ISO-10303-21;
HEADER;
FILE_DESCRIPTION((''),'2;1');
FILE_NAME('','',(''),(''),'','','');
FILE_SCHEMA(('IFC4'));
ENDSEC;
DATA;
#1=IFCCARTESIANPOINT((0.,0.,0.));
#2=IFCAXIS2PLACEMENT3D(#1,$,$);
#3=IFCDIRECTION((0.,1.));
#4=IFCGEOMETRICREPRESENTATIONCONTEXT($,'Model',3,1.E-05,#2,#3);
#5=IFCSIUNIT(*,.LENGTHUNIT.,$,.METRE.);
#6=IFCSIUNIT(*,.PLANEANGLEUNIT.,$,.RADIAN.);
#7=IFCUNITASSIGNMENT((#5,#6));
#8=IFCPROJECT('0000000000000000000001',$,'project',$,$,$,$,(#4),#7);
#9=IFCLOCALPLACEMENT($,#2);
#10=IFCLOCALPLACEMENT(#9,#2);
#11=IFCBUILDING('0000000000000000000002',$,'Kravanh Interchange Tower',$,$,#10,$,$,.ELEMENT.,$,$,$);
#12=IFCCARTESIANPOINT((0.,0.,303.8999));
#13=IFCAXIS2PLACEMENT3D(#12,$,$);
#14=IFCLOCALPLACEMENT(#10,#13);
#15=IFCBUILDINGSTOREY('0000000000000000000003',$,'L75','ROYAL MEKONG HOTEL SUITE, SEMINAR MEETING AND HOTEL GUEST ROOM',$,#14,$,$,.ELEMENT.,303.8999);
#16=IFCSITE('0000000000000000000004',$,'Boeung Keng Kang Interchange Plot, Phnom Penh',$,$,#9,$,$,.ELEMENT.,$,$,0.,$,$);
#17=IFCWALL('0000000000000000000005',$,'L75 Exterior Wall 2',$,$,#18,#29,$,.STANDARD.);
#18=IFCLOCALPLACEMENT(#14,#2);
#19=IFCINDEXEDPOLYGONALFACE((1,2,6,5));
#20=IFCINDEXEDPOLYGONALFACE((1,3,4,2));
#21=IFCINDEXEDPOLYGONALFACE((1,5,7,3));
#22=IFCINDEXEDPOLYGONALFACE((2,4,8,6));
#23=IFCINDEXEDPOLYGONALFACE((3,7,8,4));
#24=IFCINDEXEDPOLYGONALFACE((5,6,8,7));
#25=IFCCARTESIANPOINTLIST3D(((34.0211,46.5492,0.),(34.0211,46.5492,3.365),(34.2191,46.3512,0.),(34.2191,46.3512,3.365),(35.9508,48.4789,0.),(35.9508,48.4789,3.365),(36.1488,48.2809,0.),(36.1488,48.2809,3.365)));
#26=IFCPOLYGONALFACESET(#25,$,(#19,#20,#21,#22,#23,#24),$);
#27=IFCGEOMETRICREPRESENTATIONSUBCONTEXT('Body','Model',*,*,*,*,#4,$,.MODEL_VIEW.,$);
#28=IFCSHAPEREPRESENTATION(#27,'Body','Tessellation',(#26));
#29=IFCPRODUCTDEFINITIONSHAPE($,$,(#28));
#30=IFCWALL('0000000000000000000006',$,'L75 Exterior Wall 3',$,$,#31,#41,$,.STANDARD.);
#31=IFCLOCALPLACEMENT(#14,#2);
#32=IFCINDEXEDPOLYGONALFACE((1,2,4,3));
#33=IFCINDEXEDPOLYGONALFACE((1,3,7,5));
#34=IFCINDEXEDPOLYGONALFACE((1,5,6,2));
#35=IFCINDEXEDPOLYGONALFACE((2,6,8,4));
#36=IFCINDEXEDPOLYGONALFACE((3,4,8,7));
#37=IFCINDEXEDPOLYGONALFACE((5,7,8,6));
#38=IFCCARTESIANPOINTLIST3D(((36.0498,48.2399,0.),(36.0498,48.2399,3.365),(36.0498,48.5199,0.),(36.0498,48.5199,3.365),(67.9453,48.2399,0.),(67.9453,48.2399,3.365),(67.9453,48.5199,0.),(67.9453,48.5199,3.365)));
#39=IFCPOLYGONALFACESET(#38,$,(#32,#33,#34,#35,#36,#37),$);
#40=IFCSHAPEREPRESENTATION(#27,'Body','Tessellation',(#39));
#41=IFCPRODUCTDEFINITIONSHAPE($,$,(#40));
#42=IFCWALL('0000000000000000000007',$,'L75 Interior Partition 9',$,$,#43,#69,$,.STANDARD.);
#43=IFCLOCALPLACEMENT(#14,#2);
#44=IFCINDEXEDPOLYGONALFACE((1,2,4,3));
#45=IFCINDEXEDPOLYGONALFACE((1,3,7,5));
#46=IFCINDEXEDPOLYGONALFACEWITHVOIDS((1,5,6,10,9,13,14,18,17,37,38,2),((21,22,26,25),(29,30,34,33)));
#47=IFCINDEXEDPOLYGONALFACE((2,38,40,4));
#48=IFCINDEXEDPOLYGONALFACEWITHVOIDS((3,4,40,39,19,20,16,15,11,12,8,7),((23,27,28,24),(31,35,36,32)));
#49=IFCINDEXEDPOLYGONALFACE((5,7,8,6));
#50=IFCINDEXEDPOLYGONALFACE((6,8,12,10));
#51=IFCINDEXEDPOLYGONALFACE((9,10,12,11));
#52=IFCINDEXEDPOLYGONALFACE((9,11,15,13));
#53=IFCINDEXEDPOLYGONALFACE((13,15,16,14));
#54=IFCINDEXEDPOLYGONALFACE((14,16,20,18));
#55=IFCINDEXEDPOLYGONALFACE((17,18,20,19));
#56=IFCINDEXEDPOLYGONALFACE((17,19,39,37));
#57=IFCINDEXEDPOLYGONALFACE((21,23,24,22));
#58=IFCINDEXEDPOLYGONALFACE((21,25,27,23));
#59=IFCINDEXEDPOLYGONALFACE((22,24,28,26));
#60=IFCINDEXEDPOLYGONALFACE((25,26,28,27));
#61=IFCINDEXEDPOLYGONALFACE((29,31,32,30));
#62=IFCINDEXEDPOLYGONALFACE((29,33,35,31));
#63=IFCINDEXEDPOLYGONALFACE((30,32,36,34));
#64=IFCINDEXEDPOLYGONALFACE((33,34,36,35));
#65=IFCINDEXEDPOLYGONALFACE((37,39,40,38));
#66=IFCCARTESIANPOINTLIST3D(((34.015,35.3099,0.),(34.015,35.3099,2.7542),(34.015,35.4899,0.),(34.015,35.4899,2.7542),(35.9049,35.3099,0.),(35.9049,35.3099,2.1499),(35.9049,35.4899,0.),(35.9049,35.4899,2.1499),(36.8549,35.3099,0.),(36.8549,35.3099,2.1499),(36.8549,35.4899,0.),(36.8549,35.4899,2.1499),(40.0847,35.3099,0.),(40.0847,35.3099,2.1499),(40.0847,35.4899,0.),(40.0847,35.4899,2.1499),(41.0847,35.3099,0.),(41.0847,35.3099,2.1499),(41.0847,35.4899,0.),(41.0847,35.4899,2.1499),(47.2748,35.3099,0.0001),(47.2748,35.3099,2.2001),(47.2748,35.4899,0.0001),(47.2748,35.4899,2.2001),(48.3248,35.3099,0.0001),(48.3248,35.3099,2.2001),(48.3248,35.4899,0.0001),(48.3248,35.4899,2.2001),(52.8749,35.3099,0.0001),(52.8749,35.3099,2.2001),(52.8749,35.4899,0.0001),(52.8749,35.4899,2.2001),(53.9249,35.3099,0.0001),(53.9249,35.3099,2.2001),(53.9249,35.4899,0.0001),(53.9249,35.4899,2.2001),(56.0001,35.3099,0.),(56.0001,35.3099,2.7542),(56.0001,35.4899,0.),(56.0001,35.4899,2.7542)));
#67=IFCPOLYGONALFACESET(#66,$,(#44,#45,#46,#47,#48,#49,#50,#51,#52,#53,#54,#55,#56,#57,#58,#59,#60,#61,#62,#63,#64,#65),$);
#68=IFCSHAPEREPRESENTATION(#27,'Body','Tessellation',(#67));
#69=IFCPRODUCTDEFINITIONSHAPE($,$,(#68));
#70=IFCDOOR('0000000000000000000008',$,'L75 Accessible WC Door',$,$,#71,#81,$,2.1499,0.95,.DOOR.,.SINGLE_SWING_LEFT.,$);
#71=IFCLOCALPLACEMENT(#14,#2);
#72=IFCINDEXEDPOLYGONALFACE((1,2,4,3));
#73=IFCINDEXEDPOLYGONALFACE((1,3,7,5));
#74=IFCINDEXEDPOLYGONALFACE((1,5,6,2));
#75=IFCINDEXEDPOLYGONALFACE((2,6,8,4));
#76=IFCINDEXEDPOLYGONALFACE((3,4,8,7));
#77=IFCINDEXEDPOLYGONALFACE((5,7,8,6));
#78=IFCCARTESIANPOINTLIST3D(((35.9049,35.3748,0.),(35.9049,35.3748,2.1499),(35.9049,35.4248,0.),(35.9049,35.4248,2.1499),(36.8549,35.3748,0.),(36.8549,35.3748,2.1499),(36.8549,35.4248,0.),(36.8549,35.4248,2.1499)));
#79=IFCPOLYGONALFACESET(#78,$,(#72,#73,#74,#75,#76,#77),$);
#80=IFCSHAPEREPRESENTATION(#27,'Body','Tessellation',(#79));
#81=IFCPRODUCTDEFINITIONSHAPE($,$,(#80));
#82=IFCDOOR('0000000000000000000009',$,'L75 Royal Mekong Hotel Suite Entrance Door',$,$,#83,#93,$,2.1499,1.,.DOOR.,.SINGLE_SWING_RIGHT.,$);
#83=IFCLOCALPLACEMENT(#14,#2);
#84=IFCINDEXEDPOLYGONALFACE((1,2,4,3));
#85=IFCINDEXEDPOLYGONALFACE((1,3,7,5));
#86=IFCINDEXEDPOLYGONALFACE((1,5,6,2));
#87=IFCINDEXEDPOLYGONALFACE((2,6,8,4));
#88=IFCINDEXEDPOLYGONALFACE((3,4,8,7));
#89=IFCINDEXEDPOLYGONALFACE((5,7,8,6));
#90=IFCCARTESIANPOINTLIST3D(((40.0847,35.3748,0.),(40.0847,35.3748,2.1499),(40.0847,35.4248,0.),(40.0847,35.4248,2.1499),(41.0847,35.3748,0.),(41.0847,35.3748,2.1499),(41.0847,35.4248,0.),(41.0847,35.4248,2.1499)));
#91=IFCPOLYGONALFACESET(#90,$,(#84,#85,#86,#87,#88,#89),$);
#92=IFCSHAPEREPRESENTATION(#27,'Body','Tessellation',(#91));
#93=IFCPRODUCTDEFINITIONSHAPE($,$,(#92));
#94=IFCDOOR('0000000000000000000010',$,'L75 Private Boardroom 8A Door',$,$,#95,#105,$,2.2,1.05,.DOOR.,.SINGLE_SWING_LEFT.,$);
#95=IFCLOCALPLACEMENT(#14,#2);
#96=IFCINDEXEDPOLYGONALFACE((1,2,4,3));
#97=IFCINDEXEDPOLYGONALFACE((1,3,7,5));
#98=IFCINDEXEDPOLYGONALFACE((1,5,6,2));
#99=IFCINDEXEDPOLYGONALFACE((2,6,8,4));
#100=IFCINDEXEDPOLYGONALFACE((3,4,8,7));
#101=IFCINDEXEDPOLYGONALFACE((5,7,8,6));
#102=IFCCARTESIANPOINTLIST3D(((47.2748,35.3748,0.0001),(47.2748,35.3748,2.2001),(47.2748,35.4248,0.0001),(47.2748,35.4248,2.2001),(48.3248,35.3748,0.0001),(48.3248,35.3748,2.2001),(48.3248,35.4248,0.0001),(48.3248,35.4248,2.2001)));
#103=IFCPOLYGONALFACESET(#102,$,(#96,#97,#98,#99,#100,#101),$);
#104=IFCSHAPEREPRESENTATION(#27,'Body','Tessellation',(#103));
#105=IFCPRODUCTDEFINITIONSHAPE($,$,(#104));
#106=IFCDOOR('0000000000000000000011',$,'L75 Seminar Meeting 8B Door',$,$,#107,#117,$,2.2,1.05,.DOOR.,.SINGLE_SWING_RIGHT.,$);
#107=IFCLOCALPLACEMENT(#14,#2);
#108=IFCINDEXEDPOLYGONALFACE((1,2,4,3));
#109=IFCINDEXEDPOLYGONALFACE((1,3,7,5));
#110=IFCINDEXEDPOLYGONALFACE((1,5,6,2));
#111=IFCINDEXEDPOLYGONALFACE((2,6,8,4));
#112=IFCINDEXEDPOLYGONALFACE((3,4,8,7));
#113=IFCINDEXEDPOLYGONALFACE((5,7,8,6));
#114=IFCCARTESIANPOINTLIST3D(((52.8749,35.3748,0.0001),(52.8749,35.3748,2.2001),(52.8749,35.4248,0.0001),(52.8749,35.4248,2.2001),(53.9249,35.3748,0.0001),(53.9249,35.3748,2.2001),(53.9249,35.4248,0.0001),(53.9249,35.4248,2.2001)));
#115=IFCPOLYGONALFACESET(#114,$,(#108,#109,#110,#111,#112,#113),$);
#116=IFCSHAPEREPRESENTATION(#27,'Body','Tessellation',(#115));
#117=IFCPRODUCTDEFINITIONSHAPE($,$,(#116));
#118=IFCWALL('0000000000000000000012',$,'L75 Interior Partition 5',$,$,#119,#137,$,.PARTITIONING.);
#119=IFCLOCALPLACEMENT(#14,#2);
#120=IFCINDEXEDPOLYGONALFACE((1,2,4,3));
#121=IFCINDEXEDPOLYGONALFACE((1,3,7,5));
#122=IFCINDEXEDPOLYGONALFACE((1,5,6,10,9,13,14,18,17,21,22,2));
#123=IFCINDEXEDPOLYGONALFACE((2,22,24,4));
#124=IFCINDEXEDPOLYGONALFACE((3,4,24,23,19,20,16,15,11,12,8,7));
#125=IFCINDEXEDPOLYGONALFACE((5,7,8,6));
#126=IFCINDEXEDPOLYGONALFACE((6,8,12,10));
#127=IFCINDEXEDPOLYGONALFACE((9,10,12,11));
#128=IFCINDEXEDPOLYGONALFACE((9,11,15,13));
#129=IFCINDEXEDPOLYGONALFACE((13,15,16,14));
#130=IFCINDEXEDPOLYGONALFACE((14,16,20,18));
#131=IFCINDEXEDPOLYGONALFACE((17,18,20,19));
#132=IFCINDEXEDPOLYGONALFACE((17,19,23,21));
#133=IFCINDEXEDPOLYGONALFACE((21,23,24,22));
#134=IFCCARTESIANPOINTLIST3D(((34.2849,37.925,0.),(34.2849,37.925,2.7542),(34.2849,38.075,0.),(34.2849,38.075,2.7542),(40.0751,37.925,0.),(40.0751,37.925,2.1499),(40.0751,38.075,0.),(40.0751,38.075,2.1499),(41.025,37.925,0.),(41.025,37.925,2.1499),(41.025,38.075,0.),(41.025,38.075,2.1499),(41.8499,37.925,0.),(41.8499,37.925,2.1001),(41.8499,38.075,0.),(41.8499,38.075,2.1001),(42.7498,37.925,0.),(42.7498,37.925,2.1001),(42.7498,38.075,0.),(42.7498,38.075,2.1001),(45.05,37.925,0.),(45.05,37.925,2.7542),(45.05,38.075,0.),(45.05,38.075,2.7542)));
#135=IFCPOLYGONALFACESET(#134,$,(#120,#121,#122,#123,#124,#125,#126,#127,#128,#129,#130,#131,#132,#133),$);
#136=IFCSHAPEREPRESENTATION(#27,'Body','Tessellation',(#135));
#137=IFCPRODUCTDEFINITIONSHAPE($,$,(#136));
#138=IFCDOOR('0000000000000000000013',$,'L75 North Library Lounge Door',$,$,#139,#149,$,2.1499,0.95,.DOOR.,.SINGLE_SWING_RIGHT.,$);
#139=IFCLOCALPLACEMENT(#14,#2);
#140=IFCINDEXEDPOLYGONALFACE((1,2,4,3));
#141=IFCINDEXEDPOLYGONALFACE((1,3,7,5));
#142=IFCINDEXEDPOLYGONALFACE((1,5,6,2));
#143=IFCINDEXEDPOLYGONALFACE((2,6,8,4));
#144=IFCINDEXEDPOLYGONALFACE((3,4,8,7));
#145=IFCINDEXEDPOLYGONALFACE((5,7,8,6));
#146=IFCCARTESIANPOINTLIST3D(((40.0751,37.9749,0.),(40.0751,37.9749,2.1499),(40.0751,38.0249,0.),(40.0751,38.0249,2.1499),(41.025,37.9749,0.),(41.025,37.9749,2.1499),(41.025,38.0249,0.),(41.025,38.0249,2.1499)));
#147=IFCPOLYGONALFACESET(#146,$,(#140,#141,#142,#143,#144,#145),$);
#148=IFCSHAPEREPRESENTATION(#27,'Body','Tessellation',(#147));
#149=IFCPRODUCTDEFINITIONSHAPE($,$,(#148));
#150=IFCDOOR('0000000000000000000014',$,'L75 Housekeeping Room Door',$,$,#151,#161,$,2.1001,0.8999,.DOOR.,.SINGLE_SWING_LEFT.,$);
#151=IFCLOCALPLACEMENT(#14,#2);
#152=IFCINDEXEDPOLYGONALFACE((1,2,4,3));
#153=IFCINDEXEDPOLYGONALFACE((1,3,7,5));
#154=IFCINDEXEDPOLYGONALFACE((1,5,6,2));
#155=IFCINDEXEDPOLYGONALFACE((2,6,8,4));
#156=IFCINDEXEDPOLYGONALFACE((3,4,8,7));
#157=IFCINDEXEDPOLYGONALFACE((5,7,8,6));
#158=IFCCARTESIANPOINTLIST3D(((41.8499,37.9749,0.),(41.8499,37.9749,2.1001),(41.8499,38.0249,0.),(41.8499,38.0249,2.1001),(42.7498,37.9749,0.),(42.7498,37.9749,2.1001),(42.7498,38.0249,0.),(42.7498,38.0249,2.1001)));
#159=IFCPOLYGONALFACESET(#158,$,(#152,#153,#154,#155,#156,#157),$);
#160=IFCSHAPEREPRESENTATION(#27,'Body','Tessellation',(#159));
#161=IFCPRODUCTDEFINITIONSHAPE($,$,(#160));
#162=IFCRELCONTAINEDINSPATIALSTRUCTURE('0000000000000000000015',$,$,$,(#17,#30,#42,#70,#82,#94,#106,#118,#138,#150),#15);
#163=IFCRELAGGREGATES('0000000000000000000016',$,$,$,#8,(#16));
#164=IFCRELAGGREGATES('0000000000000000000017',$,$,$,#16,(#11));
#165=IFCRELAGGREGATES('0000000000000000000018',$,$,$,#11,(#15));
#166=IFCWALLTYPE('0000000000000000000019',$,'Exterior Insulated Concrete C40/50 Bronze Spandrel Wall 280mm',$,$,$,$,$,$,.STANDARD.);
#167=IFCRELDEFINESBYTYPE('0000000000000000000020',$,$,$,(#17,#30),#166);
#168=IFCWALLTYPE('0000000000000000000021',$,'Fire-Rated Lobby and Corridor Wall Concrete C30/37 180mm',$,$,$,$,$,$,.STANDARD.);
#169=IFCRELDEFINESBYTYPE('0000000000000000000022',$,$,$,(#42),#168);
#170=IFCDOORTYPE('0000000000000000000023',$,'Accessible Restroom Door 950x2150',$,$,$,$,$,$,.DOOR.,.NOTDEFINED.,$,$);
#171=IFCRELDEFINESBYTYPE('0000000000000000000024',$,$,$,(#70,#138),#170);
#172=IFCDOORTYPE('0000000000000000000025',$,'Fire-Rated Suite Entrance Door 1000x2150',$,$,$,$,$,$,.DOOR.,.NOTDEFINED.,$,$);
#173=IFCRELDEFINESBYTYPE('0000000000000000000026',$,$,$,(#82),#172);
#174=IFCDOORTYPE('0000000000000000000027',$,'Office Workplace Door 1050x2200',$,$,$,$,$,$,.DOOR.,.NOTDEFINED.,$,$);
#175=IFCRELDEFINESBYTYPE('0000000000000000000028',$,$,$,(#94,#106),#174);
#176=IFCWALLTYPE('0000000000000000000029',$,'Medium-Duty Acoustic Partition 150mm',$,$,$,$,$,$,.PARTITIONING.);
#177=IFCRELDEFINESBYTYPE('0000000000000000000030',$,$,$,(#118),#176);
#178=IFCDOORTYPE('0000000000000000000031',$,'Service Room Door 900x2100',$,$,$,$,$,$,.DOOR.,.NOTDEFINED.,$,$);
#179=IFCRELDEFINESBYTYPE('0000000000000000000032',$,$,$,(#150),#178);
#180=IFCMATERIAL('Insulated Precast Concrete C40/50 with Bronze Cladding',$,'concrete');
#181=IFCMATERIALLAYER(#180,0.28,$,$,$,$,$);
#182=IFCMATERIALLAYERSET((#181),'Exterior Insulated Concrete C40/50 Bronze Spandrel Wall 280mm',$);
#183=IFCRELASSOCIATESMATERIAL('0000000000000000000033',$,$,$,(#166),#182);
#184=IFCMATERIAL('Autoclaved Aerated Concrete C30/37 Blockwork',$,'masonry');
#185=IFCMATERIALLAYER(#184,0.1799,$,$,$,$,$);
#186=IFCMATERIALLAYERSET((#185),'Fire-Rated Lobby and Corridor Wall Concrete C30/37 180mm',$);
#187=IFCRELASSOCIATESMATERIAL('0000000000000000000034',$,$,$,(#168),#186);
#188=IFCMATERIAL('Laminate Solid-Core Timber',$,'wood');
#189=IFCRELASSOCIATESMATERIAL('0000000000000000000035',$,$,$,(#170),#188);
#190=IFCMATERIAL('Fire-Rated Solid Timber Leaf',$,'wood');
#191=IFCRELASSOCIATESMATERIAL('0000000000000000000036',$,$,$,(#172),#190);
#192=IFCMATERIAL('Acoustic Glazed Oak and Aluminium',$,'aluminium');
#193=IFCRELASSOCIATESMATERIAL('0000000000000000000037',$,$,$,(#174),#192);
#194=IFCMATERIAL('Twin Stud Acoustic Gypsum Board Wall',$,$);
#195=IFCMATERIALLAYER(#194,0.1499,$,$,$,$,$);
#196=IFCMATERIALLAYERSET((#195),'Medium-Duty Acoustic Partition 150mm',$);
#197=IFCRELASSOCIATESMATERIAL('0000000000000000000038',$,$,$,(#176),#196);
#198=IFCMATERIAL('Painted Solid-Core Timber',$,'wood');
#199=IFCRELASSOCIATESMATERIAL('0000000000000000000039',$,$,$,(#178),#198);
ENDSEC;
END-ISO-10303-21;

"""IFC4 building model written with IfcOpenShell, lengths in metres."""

from ifc_helpers import new_model, si_unit, direction, frame, frame_2d, origin, place, context, subcontext, project, spatial, rectangle, extrude, material, layer, layer_set, type_object, element, fill, save


model = new_model("IFC4")

# Units and contexts
model_context = context("Model", 3, precision=1e-05, world=origin(), true_north=direction((0.0, 1.0)))
body_context = subcontext(model_context, "Body", "Model", "MODEL_VIEW")
ifc_project = project(units=[si_unit("LENGTHUNIT", "METRE"), si_unit("PLANEANGLEUNIT", "RADIAN")], contexts=[model_context])

# Site, building, storey
site_placement = place(None, origin())
site = spatial("IfcSite", under=ifc_project, at=site_placement, Name="Boeung Keng Kang Interchange Plot, Phnom Penh", CompositionType="ELEMENT", RefElevation=0.0)
building_placement = place(site_placement, origin())
building = spatial("IfcBuilding", under=site, at=building_placement, Name="Kravanh Interchange Tower", CompositionType="ELEMENT")
storey_placement = place(building_placement, frame((0.0, 0.0, 303.8999)))
storey = spatial("IfcBuildingStorey", under=building, at=storey_placement, Name="L75", Description="ROYAL MEKONG HOTEL SUITE, SEMINAR MEETING AND HOTEL GUEST ROOM", CompositionType="ELEMENT", Elevation=303.8999)

# Walls
ifc_material_1 = material(Name="Insulated Precast Concrete C40/50 with Bronze Cladding", Category="concrete")
ifc_layer_1 = layer(ifc_material_1, 0.28)
ifc_layer_set_1 = layer_set([ifc_layer_1], Name="Exterior Insulated Concrete C40/50 Bronze Spandrel Wall 280mm")
wall_type_1 = type_object("IfcWallType", Name="Exterior Insulated Concrete C40/50 Bronze Spandrel Wall 280mm", PredefinedType="STANDARD", material=ifc_layer_set_1)
wall_1_placement = place(storey_placement, frame((34.1201, 46.4502, 0.0), z_axis=(0.0, 0.0, 1.0), x_axis=(0.707107, 0.707107, 0.0)))
element("IfcWall", 1, at=wall_1_placement, inside=storey, type_object=wall_type_1, Name="L75 Exterior Wall 2", PredefinedType="STANDARD", context=body_context, shape_type="SweptSolid", body=[
    extrude(rectangle(XDim=2.729, YDim=0.28, at=frame_2d((1.3645, 0.0))), origin(), (0.0, 0.0, 1.0), 3.365),
])
wall_2_placement = place(storey_placement, frame((36.0498, 48.3799, 0.0), z_axis=(0.0, 0.0, 1.0), x_axis=(1.0, 0.0, 0.0)))
element("IfcWall", 2, at=wall_2_placement, inside=storey, type_object=wall_type_1, Name="L75 Exterior Wall 3", PredefinedType="STANDARD", context=body_context, shape_type="SweptSolid", body=[
    extrude(rectangle(XDim=31.8955, YDim=0.28, at=frame_2d((15.9478, 0.0))), origin(), (0.0, 0.0, 1.0), 3.365),
])

# Walls, openings, doors
ifc_material_2 = material(Name="Autoclaved Aerated Concrete C30/37 Blockwork", Category="masonry")
ifc_layer_2 = layer(ifc_material_2, 0.1799)
ifc_layer_set_2 = layer_set([ifc_layer_2], Name="Fire-Rated Lobby and Corridor Wall Concrete C30/37 180mm")
wall_type_2 = type_object("IfcWallType", Name="Fire-Rated Lobby and Corridor Wall Concrete C30/37 180mm", PredefinedType="STANDARD", material=ifc_layer_set_2)
wall_3_placement = place(storey_placement, frame((34.0149, 35.3999, 0.0), z_axis=(0.0, 0.0, 1.0), x_axis=(1.0, 0.0, 0.0)))
wall_3 = element("IfcWall", 3, at=wall_3_placement, inside=storey, type_object=wall_type_2, Name="L75 Interior Partition 9", PredefinedType="STANDARD", context=body_context, shape_type="SweptSolid", body=[
    extrude(rectangle(XDim=21.9851, YDim=0.1799, at=frame_2d((10.9927, 0.0))), origin(), (0.0, 0.0, 1.0), 2.7542),
])
opening_1_placement = place(wall_3_placement, frame((1.8899, 0.0, 0.0)))
opening_1 = element("IfcOpeningElement", 4, at=opening_1_placement, cuts=wall_3, PredefinedType="OPENING", context=body_context, shape_type="SweptSolid", body=[
    extrude(rectangle(XDim=0.95, YDim=2.1499, at=frame_2d((0.4751, 1.075))), frame((0.0, 0.1001, 0.0), z_axis=(0.0, -1.0, 0.0), x_axis=(1.0, 0.0, 0.0)), (0.0, 0.0, 1.0), 0.2),
])
opening_2_placement = place(wall_3_placement, frame((6.0698, 0.0, 0.0)))
opening_2 = element("IfcOpeningElement", 5, at=opening_2_placement, cuts=wall_3, PredefinedType="OPENING", context=body_context, shape_type="SweptSolid", body=[
    extrude(rectangle(XDim=1.0, YDim=2.1499, at=frame_2d((0.5, 1.075))), frame((0.0, 0.1001, 0.0), z_axis=(0.0, -1.0, 0.0), x_axis=(1.0, 0.0, 0.0)), (0.0, 0.0, 1.0), 0.2),
])
opening_3_placement = place(wall_3_placement, frame((13.26, 0.0, 0.0)))
opening_3 = element("IfcOpeningElement", 6, at=opening_3_placement, cuts=wall_3, PredefinedType="OPENING", context=body_context, shape_type="SweptSolid", body=[
    extrude(rectangle(XDim=1.05, YDim=2.2, at=frame_2d((0.5249, 1.1001))), frame((0.0, 0.1001, 0.0), z_axis=(0.0, -1.0, 0.0), x_axis=(1.0, 0.0, 0.0)), (0.0, 0.0, 1.0), 0.2),
])
opening_4_placement = place(wall_3_placement, frame((18.8601, 0.0, 0.0)))
opening_4 = element("IfcOpeningElement", 7, at=opening_4_placement, cuts=wall_3, PredefinedType="OPENING", context=body_context, shape_type="SweptSolid", body=[
    extrude(rectangle(XDim=1.05, YDim=2.2, at=frame_2d((0.5249, 1.1001))), frame((0.0, 0.1001, 0.0), z_axis=(0.0, -1.0, 0.0), x_axis=(1.0, 0.0, 0.0)), (0.0, 0.0, 1.0), 0.2),
])
ifc_material_3 = material(Name="Laminate Solid-Core Timber", Category="wood")
door_type_1 = type_object("IfcDoorType", Name="Accessible Restroom Door 950x2150", OperationType="NOTDEFINED", PredefinedType="DOOR", material=ifc_material_3)
door_1_placement = place(opening_1_placement, origin())
door_1 = element("IfcDoor", 8, at=door_1_placement, inside=storey, type_object=door_type_1, Name="L75 Accessible WC Door", OperationType="SINGLE_SWING_LEFT", OverallHeight=2.1499, OverallWidth=0.95, PredefinedType="DOOR", context=body_context, shape_type="SweptSolid", body=[
    extrude(rectangle(XDim=0.95, YDim=2.1499, at=frame_2d((0.4751, 1.075))), frame((0.0, 0.0249, 0.0), z_axis=(0.0, -1.0, 0.0), x_axis=(1.0, 0.0, 0.0)), (0.0, 0.0, 1.0), 0.05),
])
fill(opening_1, door_1)
ifc_material_4 = material(Name="Fire-Rated Solid Timber Leaf", Category="wood")
door_type_2 = type_object("IfcDoorType", Name="Fire-Rated Suite Entrance Door 1000x2150", OperationType="NOTDEFINED", PredefinedType="DOOR", material=ifc_material_4)
door_2_placement = place(opening_2_placement, origin())
door_2 = element("IfcDoor", 9, at=door_2_placement, inside=storey, type_object=door_type_2, Name="L75 Royal Mekong Hotel Suite Entrance Door", OperationType="SINGLE_SWING_RIGHT", OverallHeight=2.1499, OverallWidth=1.0, PredefinedType="DOOR", context=body_context, shape_type="SweptSolid", body=[
    extrude(rectangle(XDim=1.0, YDim=2.1499, at=frame_2d((0.5, 1.075))), frame((0.0, 0.0249, 0.0), z_axis=(0.0, -1.0, 0.0), x_axis=(1.0, 0.0, 0.0)), (0.0, 0.0, 1.0), 0.05),
])
fill(opening_2, door_2)
ifc_material_5 = material(Name="Acoustic Glazed Oak and Aluminium", Category="aluminium")
door_type_3 = type_object("IfcDoorType", Name="Office Workplace Door 1050x2200", OperationType="NOTDEFINED", PredefinedType="DOOR", material=ifc_material_5)
door_3_placement = place(opening_3_placement, origin())
door_3 = element("IfcDoor", 10, at=door_3_placement, inside=storey, type_object=door_type_3, Name="L75 Private Boardroom 8A Door", OperationType="SINGLE_SWING_LEFT", OverallHeight=2.2, OverallWidth=1.05, PredefinedType="DOOR", context=body_context, shape_type="SweptSolid", body=[
    extrude(rectangle(XDim=1.05, YDim=2.2, at=frame_2d((0.5249, 1.1001))), frame((0.0, 0.0249, 0.0), z_axis=(0.0, -1.0, 0.0), x_axis=(1.0, 0.0, 0.0)), (0.0, 0.0, 1.0), 0.05),
])
fill(opening_3, door_3)
door_4_placement = place(opening_4_placement, origin())
door_4 = element("IfcDoor", 11, at=door_4_placement, inside=storey, type_object=door_type_3, Name="L75 Seminar Meeting 8B Door", OperationType="SINGLE_SWING_RIGHT", OverallHeight=2.2, OverallWidth=1.05, PredefinedType="DOOR", context=body_context, shape_type="SweptSolid", body=[
    extrude(rectangle(XDim=1.05, YDim=2.2, at=frame_2d((0.5249, 1.1001))), frame((0.0, 0.0249, 0.0), z_axis=(0.0, -1.0, 0.0), x_axis=(1.0, 0.0, 0.0)), (0.0, 0.0, 1.0), 0.05),
])
fill(opening_4, door_4)
ifc_material_6 = material(Name="Twin Stud Acoustic Gypsum Board Wall")
ifc_layer_3 = layer(ifc_material_6, 0.1499)
ifc_layer_set_3 = layer_set([ifc_layer_3], Name="Medium-Duty Acoustic Partition 150mm")
wall_type_3 = type_object("IfcWallType", Name="Medium-Duty Acoustic Partition 150mm", PredefinedType="PARTITIONING", material=ifc_layer_set_3)
wall_4_placement = place(storey_placement, frame((34.2849, 38.0, 0.0), z_axis=(0.0, 0.0, 1.0), x_axis=(1.0, 0.0, 0.0)))
wall_4 = element("IfcWall", 12, at=wall_4_placement, inside=storey, type_object=wall_type_3, Name="L75 Interior Partition 5", PredefinedType="PARTITIONING", context=body_context, shape_type="SweptSolid", body=[
    extrude(rectangle(XDim=10.7651, YDim=0.1499, at=frame_2d((5.3826, 0.0))), origin(), (0.0, 0.0, 1.0), 2.7542),
])
opening_5_placement = place(wall_4_placement, frame((5.79, 0.0, 0.0)))
opening_5 = element("IfcOpeningElement", 13, at=opening_5_placement, cuts=wall_4, PredefinedType="OPENING", context=body_context, shape_type="SweptSolid", body=[
    extrude(rectangle(XDim=0.95, YDim=2.1499, at=frame_2d((0.4751, 1.075))), frame((0.0, 0.085, 0.0), z_axis=(0.0, -1.0, 0.0), x_axis=(1.0, 0.0, 0.0)), (0.0, 0.0, 1.0), 0.1699),
])
opening_6_placement = place(wall_4_placement, frame((7.5649, 0.0, 0.0)))
opening_6 = element("IfcOpeningElement", 14, at=opening_6_placement, cuts=wall_4, PredefinedType="OPENING", context=body_context, shape_type="SweptSolid", body=[
    extrude(rectangle(XDim=0.8999, YDim=2.1001, at=frame_2d((0.45, 1.05))), frame((0.0, 0.085, 0.0), z_axis=(0.0, -1.0, 0.0), x_axis=(1.0, 0.0, 0.0)), (0.0, 0.0, 1.0), 0.1699),
])
door_5_placement = place(opening_5_placement, origin())
door_5 = element("IfcDoor", 15, at=door_5_placement, inside=storey, type_object=door_type_1, Name="L75 North Library Lounge Door", OperationType="SINGLE_SWING_RIGHT", OverallHeight=2.1499, OverallWidth=0.95, PredefinedType="DOOR", context=body_context, shape_type="SweptSolid", body=[
    extrude(rectangle(XDim=0.95, YDim=2.1499, at=frame_2d((0.4751, 1.075))), frame((0.0, 0.0249, 0.0), z_axis=(0.0, -1.0, 0.0), x_axis=(1.0, 0.0, 0.0)), (0.0, 0.0, 1.0), 0.05),
])
fill(opening_5, door_5)
ifc_material_7 = material(Name="Painted Solid-Core Timber", Category="wood")
door_type_4 = type_object("IfcDoorType", Name="Service Room Door 900x2100", OperationType="NOTDEFINED", PredefinedType="DOOR", material=ifc_material_7)
door_6_placement = place(opening_6_placement, origin())
door_6 = element("IfcDoor", 16, at=door_6_placement, inside=storey, type_object=door_type_4, Name="L75 Housekeeping Room Door", OperationType="SINGLE_SWING_LEFT", OverallHeight=2.1001, OverallWidth=0.8999, PredefinedType="DOOR", context=body_context, shape_type="SweptSolid", body=[
    extrude(rectangle(XDim=0.8999, YDim=2.1001, at=frame_2d((0.45, 1.05))), frame((0.0, 0.0249, 0.0), z_axis=(0.0, -1.0, 0.0), x_axis=(1.0, 0.0, 0.0)), (0.0, 0.0, 1.0), 0.05),
])
fill(opening_6, door_6)

save(model, "model.ifc")
